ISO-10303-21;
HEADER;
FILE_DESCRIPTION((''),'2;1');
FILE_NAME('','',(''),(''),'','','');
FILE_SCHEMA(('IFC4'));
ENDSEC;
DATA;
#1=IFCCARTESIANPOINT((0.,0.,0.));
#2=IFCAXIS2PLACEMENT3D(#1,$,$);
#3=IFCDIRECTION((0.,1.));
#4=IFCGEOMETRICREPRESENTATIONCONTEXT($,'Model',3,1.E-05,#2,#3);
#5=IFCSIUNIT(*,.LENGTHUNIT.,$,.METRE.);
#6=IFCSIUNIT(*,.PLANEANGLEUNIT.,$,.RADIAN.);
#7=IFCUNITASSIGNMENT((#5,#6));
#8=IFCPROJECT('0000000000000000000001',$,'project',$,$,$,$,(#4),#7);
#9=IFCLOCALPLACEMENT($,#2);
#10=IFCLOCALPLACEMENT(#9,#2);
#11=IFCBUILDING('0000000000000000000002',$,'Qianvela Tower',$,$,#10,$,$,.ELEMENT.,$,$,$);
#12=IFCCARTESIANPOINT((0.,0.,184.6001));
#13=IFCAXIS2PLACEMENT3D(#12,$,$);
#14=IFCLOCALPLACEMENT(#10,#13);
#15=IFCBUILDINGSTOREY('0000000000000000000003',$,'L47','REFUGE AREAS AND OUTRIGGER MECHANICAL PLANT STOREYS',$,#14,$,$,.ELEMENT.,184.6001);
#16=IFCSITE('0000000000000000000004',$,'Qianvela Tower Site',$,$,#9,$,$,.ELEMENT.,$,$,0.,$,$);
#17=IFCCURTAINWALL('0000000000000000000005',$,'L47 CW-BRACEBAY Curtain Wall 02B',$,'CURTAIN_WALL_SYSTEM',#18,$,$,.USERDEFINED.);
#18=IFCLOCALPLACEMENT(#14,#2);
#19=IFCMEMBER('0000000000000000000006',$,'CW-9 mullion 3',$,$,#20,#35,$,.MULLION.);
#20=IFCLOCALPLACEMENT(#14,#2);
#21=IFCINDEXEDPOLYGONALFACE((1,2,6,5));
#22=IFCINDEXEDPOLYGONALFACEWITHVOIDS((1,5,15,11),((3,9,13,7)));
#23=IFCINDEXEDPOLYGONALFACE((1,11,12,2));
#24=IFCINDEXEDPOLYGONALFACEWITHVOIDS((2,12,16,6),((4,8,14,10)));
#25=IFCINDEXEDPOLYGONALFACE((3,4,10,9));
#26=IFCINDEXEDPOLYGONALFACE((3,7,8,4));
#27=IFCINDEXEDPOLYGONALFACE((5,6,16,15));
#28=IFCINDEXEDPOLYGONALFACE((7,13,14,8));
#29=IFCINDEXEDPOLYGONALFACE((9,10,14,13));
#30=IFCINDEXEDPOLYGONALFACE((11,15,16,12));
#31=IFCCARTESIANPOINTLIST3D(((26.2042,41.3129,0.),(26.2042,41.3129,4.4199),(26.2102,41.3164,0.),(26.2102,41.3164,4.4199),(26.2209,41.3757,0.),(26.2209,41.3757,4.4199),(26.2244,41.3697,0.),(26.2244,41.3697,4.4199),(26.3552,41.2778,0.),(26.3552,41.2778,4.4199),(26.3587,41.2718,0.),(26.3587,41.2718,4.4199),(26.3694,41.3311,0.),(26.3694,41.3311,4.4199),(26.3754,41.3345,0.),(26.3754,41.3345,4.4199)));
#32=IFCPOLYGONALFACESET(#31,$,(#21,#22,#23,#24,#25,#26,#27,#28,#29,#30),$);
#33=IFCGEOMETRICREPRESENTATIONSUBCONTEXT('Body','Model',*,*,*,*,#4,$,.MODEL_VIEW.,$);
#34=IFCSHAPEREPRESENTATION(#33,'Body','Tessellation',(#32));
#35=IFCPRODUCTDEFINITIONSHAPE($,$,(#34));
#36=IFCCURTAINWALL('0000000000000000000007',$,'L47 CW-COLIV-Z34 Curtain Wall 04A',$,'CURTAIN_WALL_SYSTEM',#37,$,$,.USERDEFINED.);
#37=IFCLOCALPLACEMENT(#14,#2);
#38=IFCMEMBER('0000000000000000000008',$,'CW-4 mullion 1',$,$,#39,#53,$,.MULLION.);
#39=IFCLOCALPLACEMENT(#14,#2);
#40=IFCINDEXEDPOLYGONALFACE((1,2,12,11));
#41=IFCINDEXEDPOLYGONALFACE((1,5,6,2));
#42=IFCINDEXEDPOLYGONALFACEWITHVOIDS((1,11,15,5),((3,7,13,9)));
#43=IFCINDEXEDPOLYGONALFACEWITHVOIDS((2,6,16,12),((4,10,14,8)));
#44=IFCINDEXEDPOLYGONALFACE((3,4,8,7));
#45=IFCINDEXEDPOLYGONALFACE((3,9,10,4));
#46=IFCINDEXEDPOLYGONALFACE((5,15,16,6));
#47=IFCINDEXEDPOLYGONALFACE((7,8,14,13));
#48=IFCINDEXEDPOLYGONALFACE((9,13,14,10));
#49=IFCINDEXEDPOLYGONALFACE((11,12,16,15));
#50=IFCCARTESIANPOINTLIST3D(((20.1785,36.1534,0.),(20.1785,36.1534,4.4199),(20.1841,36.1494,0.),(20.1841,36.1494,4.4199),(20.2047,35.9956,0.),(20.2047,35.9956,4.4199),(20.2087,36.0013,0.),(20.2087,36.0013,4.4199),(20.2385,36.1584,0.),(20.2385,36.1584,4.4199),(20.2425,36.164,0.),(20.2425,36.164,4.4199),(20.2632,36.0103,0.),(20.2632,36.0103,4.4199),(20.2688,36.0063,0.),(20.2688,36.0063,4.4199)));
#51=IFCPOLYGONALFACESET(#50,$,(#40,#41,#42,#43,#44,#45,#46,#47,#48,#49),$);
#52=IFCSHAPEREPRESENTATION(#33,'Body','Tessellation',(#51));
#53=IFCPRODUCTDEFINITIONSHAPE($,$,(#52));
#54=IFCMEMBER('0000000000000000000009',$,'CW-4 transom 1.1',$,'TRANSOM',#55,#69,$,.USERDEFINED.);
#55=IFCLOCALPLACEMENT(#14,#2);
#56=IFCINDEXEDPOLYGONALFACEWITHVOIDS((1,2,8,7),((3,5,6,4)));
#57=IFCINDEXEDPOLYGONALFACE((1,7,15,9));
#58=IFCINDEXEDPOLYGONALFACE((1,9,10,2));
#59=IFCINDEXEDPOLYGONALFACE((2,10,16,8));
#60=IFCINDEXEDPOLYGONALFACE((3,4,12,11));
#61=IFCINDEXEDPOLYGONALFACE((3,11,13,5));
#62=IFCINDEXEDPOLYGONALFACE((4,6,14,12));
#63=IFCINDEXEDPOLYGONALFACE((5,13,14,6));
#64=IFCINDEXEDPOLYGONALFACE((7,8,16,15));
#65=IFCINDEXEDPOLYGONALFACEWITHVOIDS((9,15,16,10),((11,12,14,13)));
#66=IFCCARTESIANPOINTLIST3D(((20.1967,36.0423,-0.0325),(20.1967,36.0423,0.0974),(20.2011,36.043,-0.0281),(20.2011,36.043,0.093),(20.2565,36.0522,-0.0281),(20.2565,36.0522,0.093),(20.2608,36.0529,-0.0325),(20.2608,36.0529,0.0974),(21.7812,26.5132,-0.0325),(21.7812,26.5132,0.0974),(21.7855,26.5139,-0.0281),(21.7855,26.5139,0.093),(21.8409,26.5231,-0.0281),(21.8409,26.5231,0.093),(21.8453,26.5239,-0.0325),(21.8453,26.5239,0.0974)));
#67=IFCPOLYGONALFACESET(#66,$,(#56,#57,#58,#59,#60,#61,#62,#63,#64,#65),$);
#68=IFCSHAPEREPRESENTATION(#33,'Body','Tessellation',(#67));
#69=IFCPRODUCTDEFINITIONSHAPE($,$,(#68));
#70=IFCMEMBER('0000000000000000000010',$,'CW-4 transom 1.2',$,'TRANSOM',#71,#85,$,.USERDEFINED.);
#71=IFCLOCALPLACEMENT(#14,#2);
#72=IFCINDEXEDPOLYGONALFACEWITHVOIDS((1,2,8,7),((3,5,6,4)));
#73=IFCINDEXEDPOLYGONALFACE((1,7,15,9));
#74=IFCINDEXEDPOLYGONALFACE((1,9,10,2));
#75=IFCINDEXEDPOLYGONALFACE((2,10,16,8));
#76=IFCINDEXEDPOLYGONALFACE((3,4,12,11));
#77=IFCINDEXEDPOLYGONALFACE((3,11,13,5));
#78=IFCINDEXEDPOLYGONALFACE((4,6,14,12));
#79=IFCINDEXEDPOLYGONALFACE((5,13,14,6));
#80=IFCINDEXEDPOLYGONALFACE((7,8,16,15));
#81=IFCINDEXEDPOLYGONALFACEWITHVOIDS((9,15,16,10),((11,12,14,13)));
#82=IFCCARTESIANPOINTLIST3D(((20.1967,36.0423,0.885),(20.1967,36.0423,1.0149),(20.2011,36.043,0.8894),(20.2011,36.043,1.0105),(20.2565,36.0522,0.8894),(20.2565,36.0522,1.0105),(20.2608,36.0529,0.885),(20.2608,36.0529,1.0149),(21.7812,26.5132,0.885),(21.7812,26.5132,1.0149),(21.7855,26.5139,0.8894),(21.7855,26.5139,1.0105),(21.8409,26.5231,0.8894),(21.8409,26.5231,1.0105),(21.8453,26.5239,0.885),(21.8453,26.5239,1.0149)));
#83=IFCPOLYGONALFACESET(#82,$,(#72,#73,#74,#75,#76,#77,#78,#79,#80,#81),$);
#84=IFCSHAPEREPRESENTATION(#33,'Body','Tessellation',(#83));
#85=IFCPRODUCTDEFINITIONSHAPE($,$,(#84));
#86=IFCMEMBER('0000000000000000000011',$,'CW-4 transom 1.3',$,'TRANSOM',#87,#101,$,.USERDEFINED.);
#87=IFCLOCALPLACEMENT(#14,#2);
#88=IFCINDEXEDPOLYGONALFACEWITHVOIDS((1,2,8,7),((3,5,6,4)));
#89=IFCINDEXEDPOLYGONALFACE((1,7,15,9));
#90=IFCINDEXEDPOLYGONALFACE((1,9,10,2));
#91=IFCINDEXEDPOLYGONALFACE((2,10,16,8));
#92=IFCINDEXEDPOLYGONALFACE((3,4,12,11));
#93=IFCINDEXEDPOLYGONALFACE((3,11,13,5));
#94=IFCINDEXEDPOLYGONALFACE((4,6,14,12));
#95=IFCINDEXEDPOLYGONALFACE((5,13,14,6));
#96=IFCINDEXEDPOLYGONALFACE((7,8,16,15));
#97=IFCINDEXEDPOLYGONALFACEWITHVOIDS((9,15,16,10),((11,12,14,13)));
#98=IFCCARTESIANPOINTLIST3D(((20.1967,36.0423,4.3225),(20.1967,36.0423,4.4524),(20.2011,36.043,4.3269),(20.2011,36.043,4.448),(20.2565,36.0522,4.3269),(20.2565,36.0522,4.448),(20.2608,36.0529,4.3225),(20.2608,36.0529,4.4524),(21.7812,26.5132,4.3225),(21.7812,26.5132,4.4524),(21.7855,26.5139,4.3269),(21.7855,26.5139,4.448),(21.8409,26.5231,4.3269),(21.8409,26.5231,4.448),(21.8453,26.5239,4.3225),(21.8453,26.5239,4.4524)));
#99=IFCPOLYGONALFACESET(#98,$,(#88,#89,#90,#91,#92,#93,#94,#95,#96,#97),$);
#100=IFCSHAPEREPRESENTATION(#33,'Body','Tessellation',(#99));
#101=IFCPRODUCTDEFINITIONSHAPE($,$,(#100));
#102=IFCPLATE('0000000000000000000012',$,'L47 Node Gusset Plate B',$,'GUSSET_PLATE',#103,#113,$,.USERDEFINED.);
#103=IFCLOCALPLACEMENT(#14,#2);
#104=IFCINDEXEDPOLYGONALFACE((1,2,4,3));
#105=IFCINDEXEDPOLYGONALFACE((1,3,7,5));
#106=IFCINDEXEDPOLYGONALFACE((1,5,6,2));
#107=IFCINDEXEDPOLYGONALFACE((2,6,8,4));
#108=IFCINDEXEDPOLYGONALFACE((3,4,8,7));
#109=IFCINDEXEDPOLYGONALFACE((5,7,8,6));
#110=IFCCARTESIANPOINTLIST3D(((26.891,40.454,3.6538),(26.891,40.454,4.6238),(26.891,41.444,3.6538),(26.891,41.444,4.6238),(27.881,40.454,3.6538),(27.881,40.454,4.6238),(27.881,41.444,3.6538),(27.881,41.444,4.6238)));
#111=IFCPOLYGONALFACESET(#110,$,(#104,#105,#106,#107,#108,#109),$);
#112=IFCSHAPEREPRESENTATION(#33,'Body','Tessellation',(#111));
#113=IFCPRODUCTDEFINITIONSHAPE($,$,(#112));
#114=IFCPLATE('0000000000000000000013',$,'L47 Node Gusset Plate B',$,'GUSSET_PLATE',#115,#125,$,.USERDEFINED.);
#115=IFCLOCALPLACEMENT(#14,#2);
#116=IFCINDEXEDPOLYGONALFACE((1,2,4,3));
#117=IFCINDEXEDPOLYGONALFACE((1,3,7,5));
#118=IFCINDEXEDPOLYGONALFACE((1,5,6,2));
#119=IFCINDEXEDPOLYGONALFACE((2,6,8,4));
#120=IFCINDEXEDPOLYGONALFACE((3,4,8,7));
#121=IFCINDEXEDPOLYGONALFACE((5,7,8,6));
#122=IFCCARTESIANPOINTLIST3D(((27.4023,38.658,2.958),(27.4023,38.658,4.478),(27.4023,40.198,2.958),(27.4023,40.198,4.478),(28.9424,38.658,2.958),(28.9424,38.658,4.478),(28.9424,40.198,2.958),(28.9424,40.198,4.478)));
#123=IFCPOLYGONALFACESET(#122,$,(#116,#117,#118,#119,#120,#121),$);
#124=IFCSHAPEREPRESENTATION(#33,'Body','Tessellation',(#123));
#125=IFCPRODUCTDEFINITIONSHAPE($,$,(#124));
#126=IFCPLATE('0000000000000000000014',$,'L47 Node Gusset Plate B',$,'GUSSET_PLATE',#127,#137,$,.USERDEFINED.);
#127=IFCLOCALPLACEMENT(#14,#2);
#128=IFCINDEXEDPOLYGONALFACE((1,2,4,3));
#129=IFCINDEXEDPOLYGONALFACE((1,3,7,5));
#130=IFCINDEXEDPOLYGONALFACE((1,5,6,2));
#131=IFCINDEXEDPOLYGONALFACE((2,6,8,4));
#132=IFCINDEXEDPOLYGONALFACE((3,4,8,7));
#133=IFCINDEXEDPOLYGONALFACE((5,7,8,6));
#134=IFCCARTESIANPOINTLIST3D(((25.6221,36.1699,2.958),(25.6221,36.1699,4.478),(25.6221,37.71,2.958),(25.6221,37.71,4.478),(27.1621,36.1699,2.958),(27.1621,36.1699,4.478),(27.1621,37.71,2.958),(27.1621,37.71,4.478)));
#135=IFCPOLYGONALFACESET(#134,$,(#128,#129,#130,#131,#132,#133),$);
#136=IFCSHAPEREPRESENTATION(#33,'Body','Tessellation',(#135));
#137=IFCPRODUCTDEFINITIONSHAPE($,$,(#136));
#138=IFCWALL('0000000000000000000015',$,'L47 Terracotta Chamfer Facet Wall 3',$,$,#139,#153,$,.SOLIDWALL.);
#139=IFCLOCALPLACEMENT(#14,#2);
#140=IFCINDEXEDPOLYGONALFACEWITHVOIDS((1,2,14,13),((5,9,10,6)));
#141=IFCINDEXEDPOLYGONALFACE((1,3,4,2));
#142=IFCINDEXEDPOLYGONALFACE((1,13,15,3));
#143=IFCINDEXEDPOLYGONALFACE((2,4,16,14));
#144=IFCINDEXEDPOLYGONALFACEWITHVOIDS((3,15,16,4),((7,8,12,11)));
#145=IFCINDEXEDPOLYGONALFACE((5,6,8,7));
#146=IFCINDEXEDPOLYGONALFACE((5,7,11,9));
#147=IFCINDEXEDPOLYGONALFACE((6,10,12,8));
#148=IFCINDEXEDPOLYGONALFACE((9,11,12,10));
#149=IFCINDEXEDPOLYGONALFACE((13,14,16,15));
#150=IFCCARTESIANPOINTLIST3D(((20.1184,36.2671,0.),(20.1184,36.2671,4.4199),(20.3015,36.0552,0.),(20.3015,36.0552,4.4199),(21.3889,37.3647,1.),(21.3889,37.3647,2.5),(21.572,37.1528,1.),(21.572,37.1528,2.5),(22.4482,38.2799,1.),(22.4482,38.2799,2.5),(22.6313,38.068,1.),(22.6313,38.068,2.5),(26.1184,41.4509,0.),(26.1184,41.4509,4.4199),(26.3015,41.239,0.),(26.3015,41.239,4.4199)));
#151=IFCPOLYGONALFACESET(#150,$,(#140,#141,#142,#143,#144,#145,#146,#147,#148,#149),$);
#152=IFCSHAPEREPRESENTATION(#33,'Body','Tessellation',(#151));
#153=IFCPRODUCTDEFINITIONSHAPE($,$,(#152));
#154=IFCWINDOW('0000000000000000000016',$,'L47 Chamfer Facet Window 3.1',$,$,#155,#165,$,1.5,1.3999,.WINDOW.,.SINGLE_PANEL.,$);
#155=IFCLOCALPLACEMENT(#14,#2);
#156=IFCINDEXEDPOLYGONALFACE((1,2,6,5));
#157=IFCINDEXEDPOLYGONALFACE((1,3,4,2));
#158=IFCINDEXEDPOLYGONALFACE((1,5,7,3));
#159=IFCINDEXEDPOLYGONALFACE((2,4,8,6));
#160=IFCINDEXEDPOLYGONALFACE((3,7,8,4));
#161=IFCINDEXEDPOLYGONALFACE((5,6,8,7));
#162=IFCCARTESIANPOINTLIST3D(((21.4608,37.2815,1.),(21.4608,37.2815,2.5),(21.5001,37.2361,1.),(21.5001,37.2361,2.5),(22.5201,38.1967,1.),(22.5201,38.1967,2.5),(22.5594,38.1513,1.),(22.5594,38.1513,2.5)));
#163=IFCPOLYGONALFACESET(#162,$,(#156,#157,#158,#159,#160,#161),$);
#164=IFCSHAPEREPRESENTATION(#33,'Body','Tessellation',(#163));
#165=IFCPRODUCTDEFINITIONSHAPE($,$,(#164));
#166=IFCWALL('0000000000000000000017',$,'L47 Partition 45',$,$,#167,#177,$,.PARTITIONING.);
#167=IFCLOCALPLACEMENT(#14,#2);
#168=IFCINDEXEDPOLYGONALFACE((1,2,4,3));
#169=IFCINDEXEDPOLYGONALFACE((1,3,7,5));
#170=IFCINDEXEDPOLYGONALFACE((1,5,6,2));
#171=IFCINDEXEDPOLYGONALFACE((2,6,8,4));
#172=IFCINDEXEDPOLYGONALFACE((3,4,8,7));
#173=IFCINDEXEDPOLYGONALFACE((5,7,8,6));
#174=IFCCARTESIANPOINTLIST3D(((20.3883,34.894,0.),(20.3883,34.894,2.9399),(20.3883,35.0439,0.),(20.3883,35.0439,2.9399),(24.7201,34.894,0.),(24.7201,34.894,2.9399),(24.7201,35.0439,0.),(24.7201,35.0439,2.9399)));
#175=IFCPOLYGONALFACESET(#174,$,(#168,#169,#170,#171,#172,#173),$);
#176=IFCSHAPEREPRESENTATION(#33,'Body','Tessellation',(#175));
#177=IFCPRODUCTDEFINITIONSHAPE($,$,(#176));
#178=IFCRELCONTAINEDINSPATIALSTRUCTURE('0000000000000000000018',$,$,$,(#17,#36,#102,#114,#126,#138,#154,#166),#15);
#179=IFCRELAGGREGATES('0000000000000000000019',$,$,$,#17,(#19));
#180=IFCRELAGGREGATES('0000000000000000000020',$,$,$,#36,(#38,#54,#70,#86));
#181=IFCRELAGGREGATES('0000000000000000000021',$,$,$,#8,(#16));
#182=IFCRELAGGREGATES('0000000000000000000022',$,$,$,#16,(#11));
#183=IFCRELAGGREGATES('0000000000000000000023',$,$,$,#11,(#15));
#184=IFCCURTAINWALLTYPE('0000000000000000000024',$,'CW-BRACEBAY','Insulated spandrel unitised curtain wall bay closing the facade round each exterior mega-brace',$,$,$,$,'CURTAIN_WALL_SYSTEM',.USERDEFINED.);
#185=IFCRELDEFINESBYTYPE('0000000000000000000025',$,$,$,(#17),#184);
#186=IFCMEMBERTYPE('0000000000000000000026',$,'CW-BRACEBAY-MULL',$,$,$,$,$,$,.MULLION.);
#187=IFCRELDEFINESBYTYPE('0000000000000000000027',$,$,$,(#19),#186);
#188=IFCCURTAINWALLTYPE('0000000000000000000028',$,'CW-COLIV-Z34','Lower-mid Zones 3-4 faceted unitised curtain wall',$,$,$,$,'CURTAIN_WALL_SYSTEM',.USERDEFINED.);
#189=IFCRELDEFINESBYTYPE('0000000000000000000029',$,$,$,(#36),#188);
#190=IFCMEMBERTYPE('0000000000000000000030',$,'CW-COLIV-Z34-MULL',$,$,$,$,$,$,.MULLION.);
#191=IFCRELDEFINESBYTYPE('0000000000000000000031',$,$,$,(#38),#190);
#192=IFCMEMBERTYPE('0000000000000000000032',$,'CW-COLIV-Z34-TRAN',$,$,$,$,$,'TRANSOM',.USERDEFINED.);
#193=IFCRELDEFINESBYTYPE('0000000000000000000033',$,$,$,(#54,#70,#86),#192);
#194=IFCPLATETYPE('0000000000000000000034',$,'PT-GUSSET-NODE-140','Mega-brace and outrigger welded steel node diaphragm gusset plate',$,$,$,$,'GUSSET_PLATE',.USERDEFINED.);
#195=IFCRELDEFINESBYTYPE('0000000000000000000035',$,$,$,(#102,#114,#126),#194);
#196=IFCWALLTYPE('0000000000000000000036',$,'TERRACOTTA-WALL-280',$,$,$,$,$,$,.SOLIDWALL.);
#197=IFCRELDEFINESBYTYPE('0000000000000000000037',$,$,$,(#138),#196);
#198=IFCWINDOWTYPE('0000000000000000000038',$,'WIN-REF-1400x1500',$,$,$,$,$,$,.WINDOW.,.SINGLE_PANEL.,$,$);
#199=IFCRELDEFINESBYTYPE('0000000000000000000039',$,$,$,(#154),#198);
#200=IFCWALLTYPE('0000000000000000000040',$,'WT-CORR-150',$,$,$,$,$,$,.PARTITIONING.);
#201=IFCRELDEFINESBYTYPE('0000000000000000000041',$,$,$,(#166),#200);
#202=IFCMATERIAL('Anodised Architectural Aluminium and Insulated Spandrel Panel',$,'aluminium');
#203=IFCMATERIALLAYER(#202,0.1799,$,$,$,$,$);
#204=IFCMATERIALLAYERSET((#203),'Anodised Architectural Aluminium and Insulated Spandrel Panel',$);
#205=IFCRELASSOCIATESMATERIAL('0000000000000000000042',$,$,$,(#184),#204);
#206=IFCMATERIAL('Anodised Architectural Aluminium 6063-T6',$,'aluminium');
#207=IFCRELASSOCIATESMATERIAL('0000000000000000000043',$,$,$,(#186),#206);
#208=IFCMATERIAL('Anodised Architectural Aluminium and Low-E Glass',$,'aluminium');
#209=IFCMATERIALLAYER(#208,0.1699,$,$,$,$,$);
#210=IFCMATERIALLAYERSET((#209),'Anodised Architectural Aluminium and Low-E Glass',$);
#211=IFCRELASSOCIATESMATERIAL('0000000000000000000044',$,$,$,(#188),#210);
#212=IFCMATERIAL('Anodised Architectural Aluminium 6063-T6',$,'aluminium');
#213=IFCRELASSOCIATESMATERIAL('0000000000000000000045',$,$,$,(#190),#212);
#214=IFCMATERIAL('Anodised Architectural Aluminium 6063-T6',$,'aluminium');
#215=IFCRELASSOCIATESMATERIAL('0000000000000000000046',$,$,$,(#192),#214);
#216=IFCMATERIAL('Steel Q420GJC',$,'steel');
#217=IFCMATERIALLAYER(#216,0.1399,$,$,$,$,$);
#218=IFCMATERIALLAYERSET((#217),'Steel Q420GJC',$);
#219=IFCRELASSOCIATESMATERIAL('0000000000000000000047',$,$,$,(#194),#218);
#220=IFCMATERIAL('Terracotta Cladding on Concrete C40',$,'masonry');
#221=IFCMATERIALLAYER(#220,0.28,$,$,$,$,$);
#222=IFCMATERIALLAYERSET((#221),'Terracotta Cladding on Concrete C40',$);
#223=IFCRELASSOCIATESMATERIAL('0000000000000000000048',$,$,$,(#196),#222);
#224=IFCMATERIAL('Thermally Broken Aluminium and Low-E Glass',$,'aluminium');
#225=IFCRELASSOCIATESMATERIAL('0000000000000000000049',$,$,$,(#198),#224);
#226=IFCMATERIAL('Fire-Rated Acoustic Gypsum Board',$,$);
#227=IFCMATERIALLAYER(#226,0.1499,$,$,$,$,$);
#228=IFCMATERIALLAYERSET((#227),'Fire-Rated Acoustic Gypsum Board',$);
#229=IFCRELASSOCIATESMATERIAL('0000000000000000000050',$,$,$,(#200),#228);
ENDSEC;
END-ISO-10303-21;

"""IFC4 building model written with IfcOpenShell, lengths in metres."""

from ifc_helpers import new_model, si_unit, direction, frame, frame_2d, origin, origin_2d, place, context, subcontext, project, spatial, rectangle, hollow_rectangle, extrude, material, layer, layer_set, material_profile, profile_set, type_object, element, fill, aggregate, save


model = new_model("IFC4")

# Units and contexts
model_context = context("Model", 3, precision=1e-05, world=origin(), true_north=direction((0.0, 1.0)))
body_context = subcontext(model_context, "Body", "Model", "MODEL_VIEW")
ifc_project = project(units=[si_unit("LENGTHUNIT", "METRE"), si_unit("PLANEANGLEUNIT", "RADIAN")], contexts=[model_context])

# Site, building, storey
site_placement = place(None, origin())
site = spatial("IfcSite", under=ifc_project, at=site_placement, Name="Qianvela Tower Site", CompositionType="ELEMENT", RefElevation=0.0)
building_placement = place(site_placement, origin())
building = spatial("IfcBuilding", under=site, at=building_placement, Name="Qianvela Tower", CompositionType="ELEMENT")
storey_placement = place(building_placement, frame((0.0, 0.0, 184.6001)))
storey = spatial("IfcBuildingStorey", under=building, at=storey_placement, Name="L47", Description="REFUGE AREAS AND OUTRIGGER MECHANICAL PLANT STOREYS", CompositionType="ELEMENT", Elevation=184.6001)

# Curtain wall, member
ifc_material_1 = material(Name="Anodised Architectural Aluminium and Insulated Spandrel Panel", Category="aluminium")
ifc_layer_1 = layer(ifc_material_1, 0.1799)
ifc_layer_set_1 = layer_set([ifc_layer_1], Name="Anodised Architectural Aluminium and Insulated Spandrel Panel")
curtain_wall_type_1 = type_object("IfcCurtainWallType", Name="CW-BRACEBAY", Description="Insulated spandrel unitised curtain wall bay closing the facade round each exterior mega-brace", ElementType="CURTAIN_WALL_SYSTEM", PredefinedType="USERDEFINED", material=ifc_layer_set_1)
curtain_wall_1_placement = place(storey_placement, origin())
curtain_wall_1 = element("IfcCurtainWall", 1, at=curtain_wall_1_placement, inside=storey, type_object=curtain_wall_type_1, Name="L47 CW-BRACEBAY Curtain Wall 02B", ObjectType="CURTAIN_WALL_SYSTEM", PredefinedType="USERDEFINED")
ifc_material_2 = material(Name="Anodised Architectural Aluminium 6063-T6", Category="aluminium")
ifc_material_profile_1 = material_profile(ifc_material_2, hollow_rectangle(XDim=0.0649, YDim=0.1599, WallThickness=0.0049, at=origin_2d()), Name="ALU-MULL-65x160")
ifc_profile_set_1 = profile_set([ifc_material_profile_1], Name="Anodised Architectural Aluminium 6063-T6")
member_type_1 = type_object("IfcMemberType", Name="CW-BRACEBAY-MULL", PredefinedType="MULLION", material=ifc_profile_set_1)
member_1_placement = place(storey_placement, frame((26.2898, 41.3237, 0.0), z_axis=(0.0, 0.0, 1.0), x_axis=(-0.257351, -0.966318, 0.0)))
member_1 = element("IfcMember", 2, at=member_1_placement, type_object=member_type_1, Name="CW-9 mullion 3", PredefinedType="MULLION", context=body_context, shape_type="SweptSolid", body=[
    extrude(hollow_rectangle(XDim=0.0649, YDim=0.1599, WallThickness=0.0049, at=origin_2d()), origin(), (0.0, 0.0, 1.0), 4.4199),
])
aggregate(curtain_wall_1, [member_1])

# Curtain wall, members
ifc_material_3 = material(Name="Anodised Architectural Aluminium and Low-E Glass", Category="aluminium")
ifc_layer_2 = layer(ifc_material_3, 0.1699)
ifc_layer_set_2 = layer_set([ifc_layer_2], Name="Anodised Architectural Aluminium and Low-E Glass")
curtain_wall_type_2 = type_object("IfcCurtainWallType", Name="CW-COLIV-Z34", Description="Lower-mid Zones 3-4 faceted unitised curtain wall", ElementType="CURTAIN_WALL_SYSTEM", PredefinedType="USERDEFINED", material=ifc_layer_set_2)
curtain_wall_2_placement = place(storey_placement, origin())
curtain_wall_2 = element("IfcCurtainWall", 3, at=curtain_wall_2_placement, inside=storey, type_object=curtain_wall_type_2, Name="L47 CW-COLIV-Z34 Curtain Wall 04A", ObjectType="CURTAIN_WALL_SYSTEM", PredefinedType="USERDEFINED")
ifc_material_4 = material(Name="Anodised Architectural Aluminium 6063-T6", Category="aluminium")
ifc_material_profile_2 = material_profile(ifc_material_4, hollow_rectangle(XDim=0.0649, YDim=0.1599, WallThickness=0.0049, at=origin_2d()), Name="ALU-MULL-65x160")
ifc_profile_set_2 = profile_set([ifc_material_profile_2], Name="Anodised Architectural Aluminium 6063-T6")
member_type_2 = type_object("IfcMemberType", Name="CW-COLIV-Z34-MULL", PredefinedType="MULLION", material=ifc_profile_set_2)
member_2_placement = place(storey_placement, frame((20.2236, 36.0798, 0.0), z_axis=(0.0, 0.0, 1.0), x_axis=(0.986458, 0.164015, 0.0)))
member_2 = element("IfcMember", 4, at=member_2_placement, type_object=member_type_2, Name="CW-4 mullion 1", PredefinedType="MULLION", context=body_context, shape_type="SweptSolid", body=[
    extrude(hollow_rectangle(XDim=0.0649, YDim=0.1599, WallThickness=0.0049, at=origin_2d()), origin(), (0.0, 0.0, 1.0), 4.4199),
])
ifc_material_5 = material(Name="Anodised Architectural Aluminium 6063-T6", Category="aluminium")
ifc_material_profile_3 = material_profile(ifc_material_5, hollow_rectangle(XDim=0.0649, YDim=0.1299, WallThickness=0.0044, at=origin_2d()), Name="ALU-TRAN-65x130")
ifc_profile_set_3 = profile_set([ifc_material_profile_3], Name="Anodised Architectural Aluminium 6063-T6")
member_type_3 = type_object("IfcMemberType", Name="CW-COLIV-Z34-TRAN", ElementType="TRANSOM", PredefinedType="USERDEFINED", material=ifc_profile_set_3)
member_3_placement = place(storey_placement, frame((20.2288, 36.0476, 0.0325), z_axis=(0.164026, -0.986456, 0.0), x_axis=(0.986456, 0.164026, 0.0)))
member_3 = element("IfcMember", 5, at=member_3_placement, type_object=member_type_3, Name="CW-4 transom 1.1", ObjectType="TRANSOM", PredefinedType="USERDEFINED", context=body_context, shape_type="SweptSolid", body=[
    extrude(hollow_rectangle(XDim=0.0649, YDim=0.1299, WallThickness=0.0044, at=origin_2d()), origin(), (0.0, 0.0, 1.0), 9.6599),
])
member_4_placement = place(storey_placement, frame((20.2288, 36.0476, 0.95), z_axis=(0.164026, -0.986456, 0.0), x_axis=(0.986456, 0.164026, 0.0)))
member_4 = element("IfcMember", 6, at=member_4_placement, type_object=member_type_3, Name="CW-4 transom 1.2", ObjectType="TRANSOM", PredefinedType="USERDEFINED", context=body_context, shape_type="SweptSolid", body=[
    extrude(hollow_rectangle(XDim=0.0649, YDim=0.1299, WallThickness=0.0044, at=origin_2d()), origin(), (0.0, 0.0, 1.0), 9.6599),
])
member_5_placement = place(storey_placement, frame((20.2288, 36.0476, 4.3875), z_axis=(0.164026, -0.986456, 0.0), x_axis=(0.986456, 0.164026, 0.0)))
member_5 = element("IfcMember", 7, at=member_5_placement, type_object=member_type_3, Name="CW-4 transom 1.3", ObjectType="TRANSOM", PredefinedType="USERDEFINED", context=body_context, shape_type="SweptSolid", body=[
    extrude(hollow_rectangle(XDim=0.0649, YDim=0.1299, WallThickness=0.0044, at=origin_2d()), origin(), (0.0, 0.0, 1.0), 9.6599),
])
aggregate(curtain_wall_2, [member_2, member_3, member_4, member_5])

# Plates
ifc_material_6 = material(Name="Steel Q420GJC", Category="steel")
ifc_layer_3 = layer(ifc_material_6, 0.1399)
ifc_layer_set_3 = layer_set([ifc_layer_3], Name="Steel Q420GJC")
plate_type = type_object("IfcPlateType", Name="PT-GUSSET-NODE-140", Description="Mega-brace and outrigger welded steel node diaphragm gusset plate", ElementType="GUSSET_PLATE", PredefinedType="USERDEFINED", material=ifc_layer_set_3)
plate_placement = place(storey_placement, frame((27.386, 40.949, 3.6538), z_axis=(0.0, 0.0, 1.0), x_axis=(1.0, 0.0, 0.0)))
element("IfcPlate", 8, at=plate_placement, inside=storey, type_object=plate_type, Name="L47 Node Gusset Plate B", ObjectType="GUSSET_PLATE", PredefinedType="USERDEFINED", context=body_context, shape_type="SweptSolid", body=[
    extrude(rectangle(XDim=0.99, YDim=0.99, at=origin_2d()), origin(), (0.0, 0.0, 1.0), 0.97),
])
for number, where, z_axis, x_axis, name in (
    (9, (28.1724, 39.428, 2.958), (0.0, 0.0, 1.0), (1.0, 0.0, 0.0), "L47 Node Gusset Plate B"),
    (10, (26.3921, 36.9399, 2.958), (0.0, 0.0, 1.0), (1.0, 0.0, 0.0), "L47 Node Gusset Plate B"),
):
    element("IfcPlate", number, at=place(storey_placement, frame(where, z_axis=z_axis, x_axis=x_axis)), inside=storey, type_object=plate_type, Name=name, ObjectType="GUSSET_PLATE", PredefinedType="USERDEFINED", context=body_context, shape_type="SweptSolid", body=[
        extrude(rectangle(XDim=1.54, YDim=1.54, at=origin_2d()), origin(), (0.0, 0.0, 1.0), 1.52),
    ])

# Wall, opening, window
ifc_material_7 = material(Name="Terracotta Cladding on Concrete C40", Category="masonry")
ifc_layer_4 = layer(ifc_material_7, 0.28)
ifc_layer_set_4 = layer_set([ifc_layer_4], Name="Terracotta Cladding on Concrete C40")
wall_type_1 = type_object("IfcWallType", Name="TERRACOTTA-WALL-280", PredefinedType="SOLIDWALL", material=ifc_layer_set_4)
wall_1_placement = place(storey_placement, frame((26.21, 41.345, 0.0), z_axis=(0.0, 0.0, 1.0), x_axis=(-0.756697, -0.653766, 0.0)))
wall_1 = element("IfcWall", 11, at=wall_1_placement, inside=storey, type_object=wall_type_1, Name="L47 Terracotta Chamfer Facet Wall 3", PredefinedType="SOLIDWALL", context=body_context, shape_type="SweptSolid", body=[
    extrude(rectangle(XDim=7.9292, YDim=0.28, at=frame_2d((3.9646, 0.0))), origin(), (0.0, 0.0, 1.0), 4.4199),
])
opening_1_placement = place(wall_1_placement, frame((4.8503, 0.0, 1.0)))
opening_1 = element("IfcOpeningElement", 12, at=opening_1_placement, cuts=wall_1, PredefinedType="OPENING", context=body_context, shape_type="SweptSolid", body=[
    extrude(rectangle(XDim=1.3999, YDim=1.5, at=frame_2d((0.7, 0.75))), frame((0.0, 0.1499, 0.0), z_axis=(0.0, -1.0, 0.0), x_axis=(1.0, 0.0, 0.0)), (0.0, 0.0, 1.0), 0.3),
])
ifc_material_8 = material(Name="Thermally Broken Aluminium and Low-E Glass", Category="aluminium")
window_type = type_object("IfcWindowType", Name="WIN-REF-1400x1500", PartitioningType="SINGLE_PANEL", PredefinedType="WINDOW", material=ifc_material_8)
window_placement = place(opening_1_placement, origin())
window = element("IfcWindow", 13, at=window_placement, inside=storey, type_object=window_type, Name="L47 Chamfer Facet Window 3.1", OverallHeight=1.5, OverallWidth=1.3999, PartitioningType="SINGLE_PANEL", PredefinedType="WINDOW", context=body_context, shape_type="SweptSolid", body=[
    extrude(rectangle(XDim=1.3999, YDim=1.5, at=frame_2d((0.7, 0.75))), frame((0.0, 0.03, 0.0), z_axis=(0.0, -1.0, 0.0), x_axis=(1.0, 0.0, 0.0)), (0.0, 0.0, 1.0), 0.0601),
])
fill(opening_1, window)

# Wall
ifc_material_9 = material(Name="Fire-Rated Acoustic Gypsum Board")
ifc_layer_5 = layer(ifc_material_9, 0.1499)
ifc_layer_set_5 = layer_set([ifc_layer_5], Name="Fire-Rated Acoustic Gypsum Board")
wall_type_2 = type_object("IfcWallType", Name="WT-CORR-150", PredefinedType="PARTITIONING", material=ifc_layer_set_5)
wall_2_placement = place(storey_placement, frame((20.3882, 34.969, 0.0), z_axis=(0.0, 0.0, 1.0), x_axis=(1.0, 0.0, 0.0)))
element("IfcWall", 14, at=wall_2_placement, inside=storey, type_object=wall_type_2, Name="L47 Partition 45", PredefinedType="PARTITIONING", context=body_context, shape_type="SweptSolid", body=[
    extrude(rectangle(XDim=4.3318, YDim=0.1499, at=frame_2d((2.166, 0.0))), origin(), (0.0, 0.0, 1.0), 2.9399),
])

save(model, "model.ifc")
